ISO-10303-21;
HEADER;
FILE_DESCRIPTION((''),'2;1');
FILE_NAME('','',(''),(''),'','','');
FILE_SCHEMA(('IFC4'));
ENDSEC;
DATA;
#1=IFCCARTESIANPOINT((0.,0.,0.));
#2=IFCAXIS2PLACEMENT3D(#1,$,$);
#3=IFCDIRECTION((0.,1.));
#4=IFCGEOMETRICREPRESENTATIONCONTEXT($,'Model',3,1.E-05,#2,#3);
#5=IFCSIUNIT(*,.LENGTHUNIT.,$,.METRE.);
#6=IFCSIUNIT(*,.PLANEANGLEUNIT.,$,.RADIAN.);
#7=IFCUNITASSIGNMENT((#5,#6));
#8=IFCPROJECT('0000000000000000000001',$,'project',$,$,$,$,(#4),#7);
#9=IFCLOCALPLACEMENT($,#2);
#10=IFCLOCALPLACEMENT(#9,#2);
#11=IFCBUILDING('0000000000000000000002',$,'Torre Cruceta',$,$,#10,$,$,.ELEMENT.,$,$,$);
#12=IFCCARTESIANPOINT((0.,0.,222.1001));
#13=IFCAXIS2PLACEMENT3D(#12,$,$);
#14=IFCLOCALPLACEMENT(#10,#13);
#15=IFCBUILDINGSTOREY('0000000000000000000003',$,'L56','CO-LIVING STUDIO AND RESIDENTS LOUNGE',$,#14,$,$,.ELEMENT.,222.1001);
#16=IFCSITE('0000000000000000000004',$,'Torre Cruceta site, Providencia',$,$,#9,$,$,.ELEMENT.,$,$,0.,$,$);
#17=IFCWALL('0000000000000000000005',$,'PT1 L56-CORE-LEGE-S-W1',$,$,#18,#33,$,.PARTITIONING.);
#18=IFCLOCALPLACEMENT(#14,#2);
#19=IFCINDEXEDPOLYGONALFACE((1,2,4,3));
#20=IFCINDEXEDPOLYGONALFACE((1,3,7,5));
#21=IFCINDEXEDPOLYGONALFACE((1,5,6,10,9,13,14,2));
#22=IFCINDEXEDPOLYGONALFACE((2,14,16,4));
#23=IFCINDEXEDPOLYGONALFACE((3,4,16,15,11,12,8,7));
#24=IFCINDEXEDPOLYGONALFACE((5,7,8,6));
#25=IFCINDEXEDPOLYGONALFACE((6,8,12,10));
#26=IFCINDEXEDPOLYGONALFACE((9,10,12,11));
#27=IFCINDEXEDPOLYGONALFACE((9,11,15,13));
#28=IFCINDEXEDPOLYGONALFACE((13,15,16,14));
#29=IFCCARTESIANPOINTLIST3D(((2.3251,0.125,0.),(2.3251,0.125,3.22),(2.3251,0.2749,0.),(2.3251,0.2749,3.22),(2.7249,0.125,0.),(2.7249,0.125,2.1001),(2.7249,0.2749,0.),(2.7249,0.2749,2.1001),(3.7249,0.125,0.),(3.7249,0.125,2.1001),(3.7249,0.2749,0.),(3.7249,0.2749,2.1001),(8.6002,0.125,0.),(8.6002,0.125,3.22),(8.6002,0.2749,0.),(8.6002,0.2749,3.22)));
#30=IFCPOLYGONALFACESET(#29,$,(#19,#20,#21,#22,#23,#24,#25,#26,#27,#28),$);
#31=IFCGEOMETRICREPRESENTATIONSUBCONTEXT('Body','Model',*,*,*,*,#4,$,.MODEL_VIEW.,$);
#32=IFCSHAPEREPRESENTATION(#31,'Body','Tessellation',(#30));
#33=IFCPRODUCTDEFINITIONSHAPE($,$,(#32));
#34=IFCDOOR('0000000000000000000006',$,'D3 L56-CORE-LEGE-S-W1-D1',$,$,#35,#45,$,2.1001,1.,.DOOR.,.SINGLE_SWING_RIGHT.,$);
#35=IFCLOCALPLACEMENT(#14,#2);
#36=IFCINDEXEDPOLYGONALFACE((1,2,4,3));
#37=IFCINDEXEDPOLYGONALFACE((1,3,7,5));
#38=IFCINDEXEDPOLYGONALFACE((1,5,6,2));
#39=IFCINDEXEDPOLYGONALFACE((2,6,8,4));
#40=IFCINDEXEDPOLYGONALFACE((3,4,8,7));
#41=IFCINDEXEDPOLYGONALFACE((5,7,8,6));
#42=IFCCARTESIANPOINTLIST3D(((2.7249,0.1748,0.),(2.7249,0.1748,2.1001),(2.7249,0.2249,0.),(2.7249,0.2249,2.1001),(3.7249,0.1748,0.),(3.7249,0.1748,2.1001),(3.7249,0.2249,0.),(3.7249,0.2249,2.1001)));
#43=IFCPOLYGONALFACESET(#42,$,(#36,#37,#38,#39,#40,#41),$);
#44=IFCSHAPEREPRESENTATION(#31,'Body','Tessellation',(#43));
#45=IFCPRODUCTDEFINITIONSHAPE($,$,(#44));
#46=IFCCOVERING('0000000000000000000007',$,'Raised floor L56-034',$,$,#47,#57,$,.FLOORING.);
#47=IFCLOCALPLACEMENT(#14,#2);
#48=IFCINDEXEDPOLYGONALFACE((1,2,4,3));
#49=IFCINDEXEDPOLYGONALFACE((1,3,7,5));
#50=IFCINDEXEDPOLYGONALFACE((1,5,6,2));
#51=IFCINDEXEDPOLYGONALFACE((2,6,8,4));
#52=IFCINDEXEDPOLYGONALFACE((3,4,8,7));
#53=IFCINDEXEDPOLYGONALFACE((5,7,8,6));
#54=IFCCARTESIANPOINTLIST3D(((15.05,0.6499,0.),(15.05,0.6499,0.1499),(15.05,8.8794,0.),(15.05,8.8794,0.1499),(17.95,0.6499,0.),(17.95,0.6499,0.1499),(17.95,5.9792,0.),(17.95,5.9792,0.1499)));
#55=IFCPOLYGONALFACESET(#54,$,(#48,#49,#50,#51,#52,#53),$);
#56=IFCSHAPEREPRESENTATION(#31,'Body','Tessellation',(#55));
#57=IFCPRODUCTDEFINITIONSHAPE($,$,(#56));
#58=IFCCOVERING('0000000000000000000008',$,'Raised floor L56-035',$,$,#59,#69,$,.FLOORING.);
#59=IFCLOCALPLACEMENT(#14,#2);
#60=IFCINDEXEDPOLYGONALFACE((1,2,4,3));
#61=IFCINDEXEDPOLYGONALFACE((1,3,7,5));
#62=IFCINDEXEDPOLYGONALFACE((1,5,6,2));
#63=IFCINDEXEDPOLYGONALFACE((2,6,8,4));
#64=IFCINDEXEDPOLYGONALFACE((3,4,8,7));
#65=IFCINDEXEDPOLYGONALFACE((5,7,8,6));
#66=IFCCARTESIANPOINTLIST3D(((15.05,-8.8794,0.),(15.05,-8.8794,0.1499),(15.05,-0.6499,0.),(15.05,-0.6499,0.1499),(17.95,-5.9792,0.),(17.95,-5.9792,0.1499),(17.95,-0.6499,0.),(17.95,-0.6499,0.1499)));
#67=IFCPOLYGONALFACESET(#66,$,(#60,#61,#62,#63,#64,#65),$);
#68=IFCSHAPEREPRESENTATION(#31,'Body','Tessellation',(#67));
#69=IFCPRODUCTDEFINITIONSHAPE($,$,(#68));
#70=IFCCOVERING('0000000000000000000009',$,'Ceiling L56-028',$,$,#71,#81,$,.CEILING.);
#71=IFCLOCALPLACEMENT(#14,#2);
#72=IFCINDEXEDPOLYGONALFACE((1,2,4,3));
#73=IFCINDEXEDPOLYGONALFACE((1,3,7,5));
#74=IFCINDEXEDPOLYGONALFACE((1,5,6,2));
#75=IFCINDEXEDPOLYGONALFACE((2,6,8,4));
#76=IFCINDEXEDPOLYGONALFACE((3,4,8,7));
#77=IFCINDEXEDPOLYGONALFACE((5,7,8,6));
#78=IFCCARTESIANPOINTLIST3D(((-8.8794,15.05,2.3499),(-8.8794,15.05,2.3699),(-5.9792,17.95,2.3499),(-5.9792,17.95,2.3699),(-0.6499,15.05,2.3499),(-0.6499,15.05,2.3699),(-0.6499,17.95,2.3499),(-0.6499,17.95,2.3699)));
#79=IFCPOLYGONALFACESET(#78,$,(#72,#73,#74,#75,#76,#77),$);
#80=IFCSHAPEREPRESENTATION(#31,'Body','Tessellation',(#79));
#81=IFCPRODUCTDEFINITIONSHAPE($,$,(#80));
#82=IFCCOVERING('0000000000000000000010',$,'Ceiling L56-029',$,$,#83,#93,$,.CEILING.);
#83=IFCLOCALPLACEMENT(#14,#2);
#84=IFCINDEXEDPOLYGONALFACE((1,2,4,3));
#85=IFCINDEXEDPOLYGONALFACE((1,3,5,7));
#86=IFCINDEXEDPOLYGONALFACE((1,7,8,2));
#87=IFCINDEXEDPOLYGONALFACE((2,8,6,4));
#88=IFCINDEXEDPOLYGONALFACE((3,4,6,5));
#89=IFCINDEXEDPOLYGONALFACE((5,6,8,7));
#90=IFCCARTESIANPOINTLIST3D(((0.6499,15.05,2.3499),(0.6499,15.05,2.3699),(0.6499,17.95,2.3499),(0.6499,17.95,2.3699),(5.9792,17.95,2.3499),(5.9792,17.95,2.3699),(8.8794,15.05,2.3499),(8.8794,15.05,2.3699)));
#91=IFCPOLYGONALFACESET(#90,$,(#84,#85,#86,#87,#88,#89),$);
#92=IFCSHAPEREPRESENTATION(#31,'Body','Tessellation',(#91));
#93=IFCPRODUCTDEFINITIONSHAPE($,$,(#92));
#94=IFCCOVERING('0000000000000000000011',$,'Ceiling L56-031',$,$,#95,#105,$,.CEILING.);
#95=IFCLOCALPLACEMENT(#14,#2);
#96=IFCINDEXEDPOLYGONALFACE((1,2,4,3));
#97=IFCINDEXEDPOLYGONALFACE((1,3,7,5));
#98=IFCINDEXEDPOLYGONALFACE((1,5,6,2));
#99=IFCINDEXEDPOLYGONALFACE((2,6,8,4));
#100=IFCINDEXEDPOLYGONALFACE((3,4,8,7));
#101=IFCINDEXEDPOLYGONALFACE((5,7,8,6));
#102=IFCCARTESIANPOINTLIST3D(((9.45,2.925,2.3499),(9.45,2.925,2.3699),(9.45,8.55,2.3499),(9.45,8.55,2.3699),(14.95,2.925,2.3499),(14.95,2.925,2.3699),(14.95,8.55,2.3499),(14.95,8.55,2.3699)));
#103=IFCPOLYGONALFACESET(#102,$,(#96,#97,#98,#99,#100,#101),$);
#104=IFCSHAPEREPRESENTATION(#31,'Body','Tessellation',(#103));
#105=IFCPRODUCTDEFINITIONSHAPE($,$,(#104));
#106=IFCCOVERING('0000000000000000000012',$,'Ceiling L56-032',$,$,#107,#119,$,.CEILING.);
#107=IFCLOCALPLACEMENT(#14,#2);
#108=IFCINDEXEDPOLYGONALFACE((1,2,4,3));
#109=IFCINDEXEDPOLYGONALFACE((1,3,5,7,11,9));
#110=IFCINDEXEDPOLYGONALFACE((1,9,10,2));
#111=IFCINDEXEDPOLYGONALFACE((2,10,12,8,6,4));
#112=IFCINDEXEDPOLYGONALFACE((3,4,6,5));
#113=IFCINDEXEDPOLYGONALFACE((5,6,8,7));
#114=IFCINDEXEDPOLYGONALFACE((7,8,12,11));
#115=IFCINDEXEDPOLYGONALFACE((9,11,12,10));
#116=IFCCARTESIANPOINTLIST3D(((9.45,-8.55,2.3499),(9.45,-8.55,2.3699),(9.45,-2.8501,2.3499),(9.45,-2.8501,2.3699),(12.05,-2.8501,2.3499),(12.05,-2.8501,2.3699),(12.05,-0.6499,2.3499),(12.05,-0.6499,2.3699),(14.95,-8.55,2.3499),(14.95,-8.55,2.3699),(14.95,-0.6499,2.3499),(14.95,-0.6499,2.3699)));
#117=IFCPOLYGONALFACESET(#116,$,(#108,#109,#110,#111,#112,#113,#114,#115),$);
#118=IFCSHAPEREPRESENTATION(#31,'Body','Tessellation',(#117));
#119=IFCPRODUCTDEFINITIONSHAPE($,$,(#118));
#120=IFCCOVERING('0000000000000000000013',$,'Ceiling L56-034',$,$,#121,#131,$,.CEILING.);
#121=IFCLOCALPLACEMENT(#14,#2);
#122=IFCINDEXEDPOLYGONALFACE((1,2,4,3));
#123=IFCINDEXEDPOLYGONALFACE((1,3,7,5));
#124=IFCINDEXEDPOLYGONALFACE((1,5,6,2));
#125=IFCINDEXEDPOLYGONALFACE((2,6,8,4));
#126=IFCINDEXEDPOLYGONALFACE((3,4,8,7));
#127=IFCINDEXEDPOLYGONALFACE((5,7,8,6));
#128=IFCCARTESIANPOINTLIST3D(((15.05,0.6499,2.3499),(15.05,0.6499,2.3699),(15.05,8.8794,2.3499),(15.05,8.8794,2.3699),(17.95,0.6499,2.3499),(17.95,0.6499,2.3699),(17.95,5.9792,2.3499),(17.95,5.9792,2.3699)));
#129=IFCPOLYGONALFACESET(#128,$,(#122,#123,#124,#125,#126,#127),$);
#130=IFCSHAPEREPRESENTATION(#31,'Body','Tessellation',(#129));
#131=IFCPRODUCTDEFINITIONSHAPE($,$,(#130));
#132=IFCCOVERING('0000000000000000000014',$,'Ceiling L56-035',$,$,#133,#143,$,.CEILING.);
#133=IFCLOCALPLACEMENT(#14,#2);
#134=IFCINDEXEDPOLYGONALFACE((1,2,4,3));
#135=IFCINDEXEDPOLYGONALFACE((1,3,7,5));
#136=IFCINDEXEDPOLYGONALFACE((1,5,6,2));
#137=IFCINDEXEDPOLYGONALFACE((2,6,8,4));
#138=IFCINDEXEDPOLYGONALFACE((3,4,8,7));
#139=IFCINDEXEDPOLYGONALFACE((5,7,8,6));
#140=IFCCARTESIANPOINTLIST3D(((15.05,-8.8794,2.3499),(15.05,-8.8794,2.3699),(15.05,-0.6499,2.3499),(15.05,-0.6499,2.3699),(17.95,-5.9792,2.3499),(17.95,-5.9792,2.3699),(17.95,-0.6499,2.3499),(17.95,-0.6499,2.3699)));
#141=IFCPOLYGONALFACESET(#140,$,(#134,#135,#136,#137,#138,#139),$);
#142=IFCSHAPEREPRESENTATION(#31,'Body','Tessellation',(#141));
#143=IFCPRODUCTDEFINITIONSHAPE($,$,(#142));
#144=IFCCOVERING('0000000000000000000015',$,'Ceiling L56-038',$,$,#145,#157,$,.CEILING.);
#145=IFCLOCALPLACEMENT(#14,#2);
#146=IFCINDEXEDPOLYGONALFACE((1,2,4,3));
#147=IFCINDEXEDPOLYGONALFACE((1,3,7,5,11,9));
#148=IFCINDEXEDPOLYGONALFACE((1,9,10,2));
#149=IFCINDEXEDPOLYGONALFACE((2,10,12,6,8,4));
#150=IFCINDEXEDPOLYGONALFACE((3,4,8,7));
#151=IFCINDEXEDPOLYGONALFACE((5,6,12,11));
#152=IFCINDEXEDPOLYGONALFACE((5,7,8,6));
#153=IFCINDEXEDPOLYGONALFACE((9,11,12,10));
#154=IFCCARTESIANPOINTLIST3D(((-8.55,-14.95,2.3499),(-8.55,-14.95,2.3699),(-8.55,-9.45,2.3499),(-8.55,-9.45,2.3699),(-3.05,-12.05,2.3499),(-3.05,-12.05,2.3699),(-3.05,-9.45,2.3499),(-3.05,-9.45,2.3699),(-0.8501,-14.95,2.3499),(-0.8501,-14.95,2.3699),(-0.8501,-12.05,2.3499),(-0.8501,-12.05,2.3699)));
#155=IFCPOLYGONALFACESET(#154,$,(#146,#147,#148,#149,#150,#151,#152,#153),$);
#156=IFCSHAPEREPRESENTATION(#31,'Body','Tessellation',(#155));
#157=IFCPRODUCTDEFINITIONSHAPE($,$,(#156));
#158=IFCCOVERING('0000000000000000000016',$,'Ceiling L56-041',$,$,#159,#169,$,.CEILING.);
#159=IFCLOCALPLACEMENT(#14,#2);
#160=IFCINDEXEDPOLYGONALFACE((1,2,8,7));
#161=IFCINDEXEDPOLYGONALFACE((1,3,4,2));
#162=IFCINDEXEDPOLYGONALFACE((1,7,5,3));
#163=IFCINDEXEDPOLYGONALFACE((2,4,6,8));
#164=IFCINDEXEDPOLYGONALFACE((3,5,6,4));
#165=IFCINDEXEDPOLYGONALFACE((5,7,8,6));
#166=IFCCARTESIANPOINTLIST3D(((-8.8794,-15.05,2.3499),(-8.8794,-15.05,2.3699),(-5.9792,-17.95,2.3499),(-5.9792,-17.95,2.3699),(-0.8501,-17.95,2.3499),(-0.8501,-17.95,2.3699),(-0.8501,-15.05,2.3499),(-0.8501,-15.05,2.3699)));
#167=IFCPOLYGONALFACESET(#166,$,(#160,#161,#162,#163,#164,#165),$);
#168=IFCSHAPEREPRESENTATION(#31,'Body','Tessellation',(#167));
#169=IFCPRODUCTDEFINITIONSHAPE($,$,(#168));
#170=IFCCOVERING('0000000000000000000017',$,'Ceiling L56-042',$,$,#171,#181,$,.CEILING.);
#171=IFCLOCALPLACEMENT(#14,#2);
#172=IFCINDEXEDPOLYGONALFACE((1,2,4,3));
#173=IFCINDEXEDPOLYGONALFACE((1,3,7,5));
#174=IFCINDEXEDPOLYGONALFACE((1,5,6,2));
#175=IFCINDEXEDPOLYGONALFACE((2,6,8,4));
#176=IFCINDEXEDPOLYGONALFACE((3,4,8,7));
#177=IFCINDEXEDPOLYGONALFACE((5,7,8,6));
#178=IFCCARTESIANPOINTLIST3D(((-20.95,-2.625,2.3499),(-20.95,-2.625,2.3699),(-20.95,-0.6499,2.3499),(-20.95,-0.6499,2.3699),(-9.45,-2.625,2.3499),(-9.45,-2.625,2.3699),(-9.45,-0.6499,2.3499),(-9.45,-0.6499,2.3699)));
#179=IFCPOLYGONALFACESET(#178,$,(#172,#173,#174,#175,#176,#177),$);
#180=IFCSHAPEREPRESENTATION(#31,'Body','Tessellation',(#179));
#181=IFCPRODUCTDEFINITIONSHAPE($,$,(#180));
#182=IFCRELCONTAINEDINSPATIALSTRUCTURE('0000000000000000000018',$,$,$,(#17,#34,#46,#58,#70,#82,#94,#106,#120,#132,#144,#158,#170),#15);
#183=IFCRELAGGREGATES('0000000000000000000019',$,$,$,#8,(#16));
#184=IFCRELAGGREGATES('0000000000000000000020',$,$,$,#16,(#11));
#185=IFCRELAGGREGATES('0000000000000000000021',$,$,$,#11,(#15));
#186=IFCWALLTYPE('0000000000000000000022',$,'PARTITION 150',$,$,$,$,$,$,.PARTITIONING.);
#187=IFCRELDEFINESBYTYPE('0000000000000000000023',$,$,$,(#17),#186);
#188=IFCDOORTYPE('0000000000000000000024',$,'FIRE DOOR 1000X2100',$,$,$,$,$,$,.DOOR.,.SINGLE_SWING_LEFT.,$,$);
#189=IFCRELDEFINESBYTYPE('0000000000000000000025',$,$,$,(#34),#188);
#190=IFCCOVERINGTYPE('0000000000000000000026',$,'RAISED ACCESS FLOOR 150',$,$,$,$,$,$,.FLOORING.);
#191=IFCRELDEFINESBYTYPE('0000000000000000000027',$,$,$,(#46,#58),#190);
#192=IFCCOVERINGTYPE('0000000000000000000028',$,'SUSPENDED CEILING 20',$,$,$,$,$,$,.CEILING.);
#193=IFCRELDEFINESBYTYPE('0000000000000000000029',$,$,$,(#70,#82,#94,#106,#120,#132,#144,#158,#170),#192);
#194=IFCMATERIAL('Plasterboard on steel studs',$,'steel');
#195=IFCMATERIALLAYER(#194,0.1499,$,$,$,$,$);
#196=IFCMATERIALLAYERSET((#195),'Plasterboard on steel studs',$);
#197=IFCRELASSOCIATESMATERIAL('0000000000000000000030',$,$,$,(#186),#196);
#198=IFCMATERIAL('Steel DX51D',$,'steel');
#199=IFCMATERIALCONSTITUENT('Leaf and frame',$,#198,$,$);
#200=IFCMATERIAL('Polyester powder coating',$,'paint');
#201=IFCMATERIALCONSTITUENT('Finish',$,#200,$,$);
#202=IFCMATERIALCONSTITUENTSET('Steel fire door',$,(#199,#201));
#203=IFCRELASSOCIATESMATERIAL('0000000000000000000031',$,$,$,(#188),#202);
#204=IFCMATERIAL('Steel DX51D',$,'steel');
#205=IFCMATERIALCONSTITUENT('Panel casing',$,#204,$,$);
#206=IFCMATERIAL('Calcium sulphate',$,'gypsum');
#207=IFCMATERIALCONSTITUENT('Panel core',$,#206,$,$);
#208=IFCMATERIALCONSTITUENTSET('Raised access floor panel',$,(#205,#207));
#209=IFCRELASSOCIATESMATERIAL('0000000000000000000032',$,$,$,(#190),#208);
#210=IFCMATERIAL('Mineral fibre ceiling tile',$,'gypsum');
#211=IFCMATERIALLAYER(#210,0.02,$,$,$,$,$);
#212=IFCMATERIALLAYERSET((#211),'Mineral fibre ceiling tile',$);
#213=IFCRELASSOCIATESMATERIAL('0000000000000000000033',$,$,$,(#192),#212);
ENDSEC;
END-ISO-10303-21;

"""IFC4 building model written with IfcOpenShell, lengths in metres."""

from ifc_helpers import new_model, si_unit, direction, frame, frame_2d, origin, place, context, subcontext, project, spatial, polyline, rectangle, outline, extrude, material, layer, layer_set, constituent, constituent_set, type_object, element, fill, save


model = new_model("IFC4")

# Units and contexts
model_context = context("Model", 3, precision=1e-05, world=origin(), true_north=direction((0.0, 1.0)))
body_context = subcontext(model_context, "Body", "Model", "MODEL_VIEW")
ifc_project = project(units=[si_unit("LENGTHUNIT", "METRE"), si_unit("PLANEANGLEUNIT", "RADIAN")], contexts=[model_context])

# Site, building, storey
site_placement = place(None, origin())
site = spatial("IfcSite", under=ifc_project, at=site_placement, Name="Torre Cruceta site, Providencia", CompositionType="ELEMENT", RefElevation=0.0)
building_placement = place(site_placement, origin())
building = spatial("IfcBuilding", under=site, at=building_placement, Name="Torre Cruceta", CompositionType="ELEMENT")
storey_placement = place(building_placement, frame((0.0, 0.0, 222.1001)))
storey = spatial("IfcBuildingStorey", under=building, at=storey_placement, Name="L56", Description="CO-LIVING STUDIO AND RESIDENTS LOUNGE", CompositionType="ELEMENT", Elevation=222.1001)

# Wall, opening, door
ifc_material_1 = material(Name="Plasterboard on steel studs", Category="steel")
ifc_layer_1 = layer(ifc_material_1, 0.1499)
ifc_layer_set_1 = layer_set([ifc_layer_1], Name="Plasterboard on steel studs")
wall_type_1 = type_object("IfcWallType", Name="PARTITION 150", PredefinedType="PARTITIONING", material=ifc_layer_set_1)
wall_1_placement = place(storey_placement, frame((2.325, 0.2, 0.0), z_axis=(0.0, 0.0, 1.0), x_axis=(1.0, 0.0, 0.0)))
wall_1 = element("IfcWall", 1, at=wall_1_placement, inside=storey, type_object=wall_type_1, Name="PT1 L56-CORE-LEGE-S-W1", PredefinedType="PARTITIONING", context=body_context, shape_type="SweptSolid", body=[
    extrude(rectangle(XDim=6.2751, YDim=0.1499, at=frame_2d((3.1377, 0.0))), origin(), (0.0, 0.0, 1.0), 3.22),
])
opening_1_placement = place(wall_1_placement, frame((0.3999, 0.0, 0.0)))
opening_1 = element("IfcOpeningElement", 2, at=opening_1_placement, cuts=wall_1, PredefinedType="OPENING", context=body_context, shape_type="SweptSolid", body=[
    extrude(rectangle(XDim=1.0, YDim=2.1001, at=frame_2d((0.5, 1.05))), frame((0.0, 0.085, 0.0), z_axis=(0.0, -1.0, 0.0), x_axis=(1.0, 0.0, 0.0)), (0.0, 0.0, 1.0), 0.1699),
])
ifc_material_2 = material(Name="Steel DX51D", Category="steel")
ifc_constituent_1 = constituent(ifc_material_2, Name="Leaf and frame")
ifc_material_3 = material(Name="Polyester powder coating", Category="paint")
ifc_constituent_2 = constituent(ifc_material_3, Name="Finish")
ifc_constituent_set_1 = constituent_set(constituents=[ifc_constituent_1, ifc_constituent_2], Name="Steel fire door")
door_type_1 = type_object("IfcDoorType", Name="FIRE DOOR 1000X2100", OperationType="SINGLE_SWING_LEFT", PredefinedType="DOOR", material=ifc_constituent_set_1)
door_1_placement = place(opening_1_placement, frame((1.0, 0.0, 0.0), z_axis=(0.0, 0.0, 1.0), x_axis=(-1.0, 0.0, 0.0)))
door_1 = element("IfcDoor", 3, at=door_1_placement, inside=storey, type_object=door_type_1, Name="D3 L56-CORE-LEGE-S-W1-D1", OperationType="SINGLE_SWING_RIGHT", OverallHeight=2.1001, OverallWidth=1.0, PredefinedType="DOOR", context=body_context, shape_type="SweptSolid", body=[
    extrude(rectangle(XDim=1.0, YDim=2.1001, at=frame_2d((0.5, 1.05))), frame((0.0, 0.0251, 0.0), z_axis=(0.0, -1.0, 0.0), x_axis=(1.0, 0.0, 0.0)), (0.0, 0.0, 1.0), 0.05),
])
fill(opening_1, door_1)

# Coverings
ifc_material_4 = material(Name="Steel DX51D", Category="steel")
ifc_constituent_3 = constituent(ifc_material_4, Name="Panel casing")
ifc_material_5 = material(Name="Calcium sulphate", Category="gypsum")
ifc_constituent_4 = constituent(ifc_material_5, Name="Panel core")
ifc_constituent_set_2 = constituent_set(constituents=[ifc_constituent_3, ifc_constituent_4], Name="Raised access floor panel")
covering_type_1 = type_object("IfcCoveringType", Name="RAISED ACCESS FLOOR 150", PredefinedType="FLOORING", material=ifc_constituent_set_2)
covering_1_placement = place(storey_placement, origin())
element("IfcCovering", 4, at=covering_1_placement, inside=storey, type_object=covering_type_1, Name="Raised floor L56-034", PredefinedType="FLOORING", context=body_context, shape_type="SweptSolid", body=[
    extrude(outline(polyline([(17.95, 5.9792), (17.95, 0.6499), (15.05, 0.6499), (15.05, 8.8794), (17.95, 5.9792)])), origin(), (0.0, 0.0, 1.0), 0.1499),
])
covering_2_placement = place(storey_placement, origin())
element("IfcCovering", 5, at=covering_2_placement, inside=storey, type_object=covering_type_1, Name="Raised floor L56-035", PredefinedType="FLOORING", context=body_context, shape_type="SweptSolid", body=[
    extrude(outline(polyline([(15.05, -8.8794), (15.05, -0.6499), (17.95, -0.6499), (17.95, -5.9792), (15.05, -8.8794)])), origin(), (0.0, 0.0, 1.0), 0.1499),
])
ifc_material_6 = material(Name="Mineral fibre ceiling tile", Category="gypsum")
ifc_layer_2 = layer(ifc_material_6, 0.02)
ifc_layer_set_2 = layer_set([ifc_layer_2], Name="Mineral fibre ceiling tile")
covering_type_2 = type_object("IfcCoveringType", Name="SUSPENDED CEILING 20", PredefinedType="CEILING", material=ifc_layer_set_2)
covering_3_placement = place(storey_placement, frame((0.0, 0.0, 2.3499)))
element("IfcCovering", 6, at=covering_3_placement, inside=storey, type_object=covering_type_2, Name="Ceiling L56-028", PredefinedType="CEILING", context=body_context, shape_type="SweptSolid", body=[
    extrude(outline(polyline([(-5.9792, 17.95), (-0.6499, 17.95), (-0.6499, 15.05), (-8.8794, 15.05), (-5.9792, 17.95)])), origin(), (0.0, 0.0, 1.0), 0.02),
])
covering_4_placement = place(storey_placement, frame((0.0, 0.0, 2.3499)))
element("IfcCovering", 7, at=covering_4_placement, inside=storey, type_object=covering_type_2, Name="Ceiling L56-029", PredefinedType="CEILING", context=body_context, shape_type="SweptSolid", body=[
    extrude(outline(polyline([(8.8794, 15.05), (0.6499, 15.05), (0.6499, 17.95), (5.9792, 17.95), (8.8794, 15.05)])), origin(), (0.0, 0.0, 1.0), 0.02),
])
covering_5_placement = place(storey_placement, frame((0.0, 0.0, 2.3499)))
element("IfcCovering", 8, at=covering_5_placement, inside=storey, type_object=covering_type_2, Name="Ceiling L56-031", PredefinedType="CEILING", context=body_context, shape_type="SweptSolid", body=[
    extrude(outline(polyline([(9.45, 2.925), (9.45, 8.55), (14.95, 8.55), (14.95, 2.925), (9.45, 2.925)])), origin(), (0.0, 0.0, 1.0), 0.02),
])
covering_6_placement = place(storey_placement, frame((0.0, 0.0, 2.3499)))
element("IfcCovering", 9, at=covering_6_placement, inside=storey, type_object=covering_type_2, Name="Ceiling L56-032", PredefinedType="CEILING", context=body_context, shape_type="SweptSolid", body=[
    extrude(outline(polyline([(14.95, -0.6499), (14.95, -8.55), (9.45, -8.55), (9.45, -2.8501), (12.05, -2.8501), (12.05, -0.6499), (14.95, -0.6499)])), origin(), (0.0, 0.0, 1.0), 0.02),
])
covering_7_placement = place(storey_placement, frame((0.0, 0.0, 2.3499)))
element("IfcCovering", 10, at=covering_7_placement, inside=storey, type_object=covering_type_2, Name="Ceiling L56-034", PredefinedType="CEILING", context=body_context, shape_type="SweptSolid", body=[
    extrude(outline(polyline([(17.95, 5.9792), (17.95, 0.6499), (15.05, 0.6499), (15.05, 8.8794), (17.95, 5.9792)])), origin(), (0.0, 0.0, 1.0), 0.02),
])
covering_8_placement = place(storey_placement, frame((0.0, 0.0, 2.3499)))
element("IfcCovering", 11, at=covering_8_placement, inside=storey, type_object=covering_type_2, Name="Ceiling L56-035", PredefinedType="CEILING", context=body_context, shape_type="SweptSolid", body=[
    extrude(outline(polyline([(15.05, -8.8794), (15.05, -0.6499), (17.95, -0.6499), (17.95, -5.9792), (15.05, -8.8794)])), origin(), (0.0, 0.0, 1.0), 0.02),
])
covering_9_placement = place(storey_placement, frame((0.0, 0.0, 2.3499)))
element("IfcCovering", 12, at=covering_9_placement, inside=storey, type_object=covering_type_2, Name="Ceiling L56-038", PredefinedType="CEILING", context=body_context, shape_type="SweptSolid", body=[
    extrude(outline(polyline([(-0.8501, -14.95), (-8.55, -14.95), (-8.55, -9.45), (-3.05, -9.45), (-3.05, -12.05), (-0.8501, -12.05), (-0.8501, -14.95)])), origin(), (0.0, 0.0, 1.0), 0.02),
])
covering_10_placement = place(storey_placement, frame((0.0, 0.0, 2.3499)))
element("IfcCovering", 13, at=covering_10_placement, inside=storey, type_object=covering_type_2, Name="Ceiling L56-041", PredefinedType="CEILING", context=body_context, shape_type="SweptSolid", body=[
    extrude(outline(polyline([(-8.8794, -15.05), (-0.8501, -15.05), (-0.8501, -17.95), (-5.9792, -17.95), (-8.8794, -15.05)])), origin(), (0.0, 0.0, 1.0), 0.02),
])
covering_11_placement = place(storey_placement, frame((0.0, 0.0, 2.3499)))
element("IfcCovering", 14, at=covering_11_placement, inside=storey, type_object=covering_type_2, Name="Ceiling L56-042", PredefinedType="CEILING", context=body_context, shape_type="SweptSolid", body=[
    extrude(outline(polyline([(-9.45, -0.6499), (-9.45, -2.625), (-20.95, -2.625), (-20.95, -0.6499), (-9.45, -0.6499)])), origin(), (0.0, 0.0, 1.0), 0.02),
])

save(model, "model.ifc")
